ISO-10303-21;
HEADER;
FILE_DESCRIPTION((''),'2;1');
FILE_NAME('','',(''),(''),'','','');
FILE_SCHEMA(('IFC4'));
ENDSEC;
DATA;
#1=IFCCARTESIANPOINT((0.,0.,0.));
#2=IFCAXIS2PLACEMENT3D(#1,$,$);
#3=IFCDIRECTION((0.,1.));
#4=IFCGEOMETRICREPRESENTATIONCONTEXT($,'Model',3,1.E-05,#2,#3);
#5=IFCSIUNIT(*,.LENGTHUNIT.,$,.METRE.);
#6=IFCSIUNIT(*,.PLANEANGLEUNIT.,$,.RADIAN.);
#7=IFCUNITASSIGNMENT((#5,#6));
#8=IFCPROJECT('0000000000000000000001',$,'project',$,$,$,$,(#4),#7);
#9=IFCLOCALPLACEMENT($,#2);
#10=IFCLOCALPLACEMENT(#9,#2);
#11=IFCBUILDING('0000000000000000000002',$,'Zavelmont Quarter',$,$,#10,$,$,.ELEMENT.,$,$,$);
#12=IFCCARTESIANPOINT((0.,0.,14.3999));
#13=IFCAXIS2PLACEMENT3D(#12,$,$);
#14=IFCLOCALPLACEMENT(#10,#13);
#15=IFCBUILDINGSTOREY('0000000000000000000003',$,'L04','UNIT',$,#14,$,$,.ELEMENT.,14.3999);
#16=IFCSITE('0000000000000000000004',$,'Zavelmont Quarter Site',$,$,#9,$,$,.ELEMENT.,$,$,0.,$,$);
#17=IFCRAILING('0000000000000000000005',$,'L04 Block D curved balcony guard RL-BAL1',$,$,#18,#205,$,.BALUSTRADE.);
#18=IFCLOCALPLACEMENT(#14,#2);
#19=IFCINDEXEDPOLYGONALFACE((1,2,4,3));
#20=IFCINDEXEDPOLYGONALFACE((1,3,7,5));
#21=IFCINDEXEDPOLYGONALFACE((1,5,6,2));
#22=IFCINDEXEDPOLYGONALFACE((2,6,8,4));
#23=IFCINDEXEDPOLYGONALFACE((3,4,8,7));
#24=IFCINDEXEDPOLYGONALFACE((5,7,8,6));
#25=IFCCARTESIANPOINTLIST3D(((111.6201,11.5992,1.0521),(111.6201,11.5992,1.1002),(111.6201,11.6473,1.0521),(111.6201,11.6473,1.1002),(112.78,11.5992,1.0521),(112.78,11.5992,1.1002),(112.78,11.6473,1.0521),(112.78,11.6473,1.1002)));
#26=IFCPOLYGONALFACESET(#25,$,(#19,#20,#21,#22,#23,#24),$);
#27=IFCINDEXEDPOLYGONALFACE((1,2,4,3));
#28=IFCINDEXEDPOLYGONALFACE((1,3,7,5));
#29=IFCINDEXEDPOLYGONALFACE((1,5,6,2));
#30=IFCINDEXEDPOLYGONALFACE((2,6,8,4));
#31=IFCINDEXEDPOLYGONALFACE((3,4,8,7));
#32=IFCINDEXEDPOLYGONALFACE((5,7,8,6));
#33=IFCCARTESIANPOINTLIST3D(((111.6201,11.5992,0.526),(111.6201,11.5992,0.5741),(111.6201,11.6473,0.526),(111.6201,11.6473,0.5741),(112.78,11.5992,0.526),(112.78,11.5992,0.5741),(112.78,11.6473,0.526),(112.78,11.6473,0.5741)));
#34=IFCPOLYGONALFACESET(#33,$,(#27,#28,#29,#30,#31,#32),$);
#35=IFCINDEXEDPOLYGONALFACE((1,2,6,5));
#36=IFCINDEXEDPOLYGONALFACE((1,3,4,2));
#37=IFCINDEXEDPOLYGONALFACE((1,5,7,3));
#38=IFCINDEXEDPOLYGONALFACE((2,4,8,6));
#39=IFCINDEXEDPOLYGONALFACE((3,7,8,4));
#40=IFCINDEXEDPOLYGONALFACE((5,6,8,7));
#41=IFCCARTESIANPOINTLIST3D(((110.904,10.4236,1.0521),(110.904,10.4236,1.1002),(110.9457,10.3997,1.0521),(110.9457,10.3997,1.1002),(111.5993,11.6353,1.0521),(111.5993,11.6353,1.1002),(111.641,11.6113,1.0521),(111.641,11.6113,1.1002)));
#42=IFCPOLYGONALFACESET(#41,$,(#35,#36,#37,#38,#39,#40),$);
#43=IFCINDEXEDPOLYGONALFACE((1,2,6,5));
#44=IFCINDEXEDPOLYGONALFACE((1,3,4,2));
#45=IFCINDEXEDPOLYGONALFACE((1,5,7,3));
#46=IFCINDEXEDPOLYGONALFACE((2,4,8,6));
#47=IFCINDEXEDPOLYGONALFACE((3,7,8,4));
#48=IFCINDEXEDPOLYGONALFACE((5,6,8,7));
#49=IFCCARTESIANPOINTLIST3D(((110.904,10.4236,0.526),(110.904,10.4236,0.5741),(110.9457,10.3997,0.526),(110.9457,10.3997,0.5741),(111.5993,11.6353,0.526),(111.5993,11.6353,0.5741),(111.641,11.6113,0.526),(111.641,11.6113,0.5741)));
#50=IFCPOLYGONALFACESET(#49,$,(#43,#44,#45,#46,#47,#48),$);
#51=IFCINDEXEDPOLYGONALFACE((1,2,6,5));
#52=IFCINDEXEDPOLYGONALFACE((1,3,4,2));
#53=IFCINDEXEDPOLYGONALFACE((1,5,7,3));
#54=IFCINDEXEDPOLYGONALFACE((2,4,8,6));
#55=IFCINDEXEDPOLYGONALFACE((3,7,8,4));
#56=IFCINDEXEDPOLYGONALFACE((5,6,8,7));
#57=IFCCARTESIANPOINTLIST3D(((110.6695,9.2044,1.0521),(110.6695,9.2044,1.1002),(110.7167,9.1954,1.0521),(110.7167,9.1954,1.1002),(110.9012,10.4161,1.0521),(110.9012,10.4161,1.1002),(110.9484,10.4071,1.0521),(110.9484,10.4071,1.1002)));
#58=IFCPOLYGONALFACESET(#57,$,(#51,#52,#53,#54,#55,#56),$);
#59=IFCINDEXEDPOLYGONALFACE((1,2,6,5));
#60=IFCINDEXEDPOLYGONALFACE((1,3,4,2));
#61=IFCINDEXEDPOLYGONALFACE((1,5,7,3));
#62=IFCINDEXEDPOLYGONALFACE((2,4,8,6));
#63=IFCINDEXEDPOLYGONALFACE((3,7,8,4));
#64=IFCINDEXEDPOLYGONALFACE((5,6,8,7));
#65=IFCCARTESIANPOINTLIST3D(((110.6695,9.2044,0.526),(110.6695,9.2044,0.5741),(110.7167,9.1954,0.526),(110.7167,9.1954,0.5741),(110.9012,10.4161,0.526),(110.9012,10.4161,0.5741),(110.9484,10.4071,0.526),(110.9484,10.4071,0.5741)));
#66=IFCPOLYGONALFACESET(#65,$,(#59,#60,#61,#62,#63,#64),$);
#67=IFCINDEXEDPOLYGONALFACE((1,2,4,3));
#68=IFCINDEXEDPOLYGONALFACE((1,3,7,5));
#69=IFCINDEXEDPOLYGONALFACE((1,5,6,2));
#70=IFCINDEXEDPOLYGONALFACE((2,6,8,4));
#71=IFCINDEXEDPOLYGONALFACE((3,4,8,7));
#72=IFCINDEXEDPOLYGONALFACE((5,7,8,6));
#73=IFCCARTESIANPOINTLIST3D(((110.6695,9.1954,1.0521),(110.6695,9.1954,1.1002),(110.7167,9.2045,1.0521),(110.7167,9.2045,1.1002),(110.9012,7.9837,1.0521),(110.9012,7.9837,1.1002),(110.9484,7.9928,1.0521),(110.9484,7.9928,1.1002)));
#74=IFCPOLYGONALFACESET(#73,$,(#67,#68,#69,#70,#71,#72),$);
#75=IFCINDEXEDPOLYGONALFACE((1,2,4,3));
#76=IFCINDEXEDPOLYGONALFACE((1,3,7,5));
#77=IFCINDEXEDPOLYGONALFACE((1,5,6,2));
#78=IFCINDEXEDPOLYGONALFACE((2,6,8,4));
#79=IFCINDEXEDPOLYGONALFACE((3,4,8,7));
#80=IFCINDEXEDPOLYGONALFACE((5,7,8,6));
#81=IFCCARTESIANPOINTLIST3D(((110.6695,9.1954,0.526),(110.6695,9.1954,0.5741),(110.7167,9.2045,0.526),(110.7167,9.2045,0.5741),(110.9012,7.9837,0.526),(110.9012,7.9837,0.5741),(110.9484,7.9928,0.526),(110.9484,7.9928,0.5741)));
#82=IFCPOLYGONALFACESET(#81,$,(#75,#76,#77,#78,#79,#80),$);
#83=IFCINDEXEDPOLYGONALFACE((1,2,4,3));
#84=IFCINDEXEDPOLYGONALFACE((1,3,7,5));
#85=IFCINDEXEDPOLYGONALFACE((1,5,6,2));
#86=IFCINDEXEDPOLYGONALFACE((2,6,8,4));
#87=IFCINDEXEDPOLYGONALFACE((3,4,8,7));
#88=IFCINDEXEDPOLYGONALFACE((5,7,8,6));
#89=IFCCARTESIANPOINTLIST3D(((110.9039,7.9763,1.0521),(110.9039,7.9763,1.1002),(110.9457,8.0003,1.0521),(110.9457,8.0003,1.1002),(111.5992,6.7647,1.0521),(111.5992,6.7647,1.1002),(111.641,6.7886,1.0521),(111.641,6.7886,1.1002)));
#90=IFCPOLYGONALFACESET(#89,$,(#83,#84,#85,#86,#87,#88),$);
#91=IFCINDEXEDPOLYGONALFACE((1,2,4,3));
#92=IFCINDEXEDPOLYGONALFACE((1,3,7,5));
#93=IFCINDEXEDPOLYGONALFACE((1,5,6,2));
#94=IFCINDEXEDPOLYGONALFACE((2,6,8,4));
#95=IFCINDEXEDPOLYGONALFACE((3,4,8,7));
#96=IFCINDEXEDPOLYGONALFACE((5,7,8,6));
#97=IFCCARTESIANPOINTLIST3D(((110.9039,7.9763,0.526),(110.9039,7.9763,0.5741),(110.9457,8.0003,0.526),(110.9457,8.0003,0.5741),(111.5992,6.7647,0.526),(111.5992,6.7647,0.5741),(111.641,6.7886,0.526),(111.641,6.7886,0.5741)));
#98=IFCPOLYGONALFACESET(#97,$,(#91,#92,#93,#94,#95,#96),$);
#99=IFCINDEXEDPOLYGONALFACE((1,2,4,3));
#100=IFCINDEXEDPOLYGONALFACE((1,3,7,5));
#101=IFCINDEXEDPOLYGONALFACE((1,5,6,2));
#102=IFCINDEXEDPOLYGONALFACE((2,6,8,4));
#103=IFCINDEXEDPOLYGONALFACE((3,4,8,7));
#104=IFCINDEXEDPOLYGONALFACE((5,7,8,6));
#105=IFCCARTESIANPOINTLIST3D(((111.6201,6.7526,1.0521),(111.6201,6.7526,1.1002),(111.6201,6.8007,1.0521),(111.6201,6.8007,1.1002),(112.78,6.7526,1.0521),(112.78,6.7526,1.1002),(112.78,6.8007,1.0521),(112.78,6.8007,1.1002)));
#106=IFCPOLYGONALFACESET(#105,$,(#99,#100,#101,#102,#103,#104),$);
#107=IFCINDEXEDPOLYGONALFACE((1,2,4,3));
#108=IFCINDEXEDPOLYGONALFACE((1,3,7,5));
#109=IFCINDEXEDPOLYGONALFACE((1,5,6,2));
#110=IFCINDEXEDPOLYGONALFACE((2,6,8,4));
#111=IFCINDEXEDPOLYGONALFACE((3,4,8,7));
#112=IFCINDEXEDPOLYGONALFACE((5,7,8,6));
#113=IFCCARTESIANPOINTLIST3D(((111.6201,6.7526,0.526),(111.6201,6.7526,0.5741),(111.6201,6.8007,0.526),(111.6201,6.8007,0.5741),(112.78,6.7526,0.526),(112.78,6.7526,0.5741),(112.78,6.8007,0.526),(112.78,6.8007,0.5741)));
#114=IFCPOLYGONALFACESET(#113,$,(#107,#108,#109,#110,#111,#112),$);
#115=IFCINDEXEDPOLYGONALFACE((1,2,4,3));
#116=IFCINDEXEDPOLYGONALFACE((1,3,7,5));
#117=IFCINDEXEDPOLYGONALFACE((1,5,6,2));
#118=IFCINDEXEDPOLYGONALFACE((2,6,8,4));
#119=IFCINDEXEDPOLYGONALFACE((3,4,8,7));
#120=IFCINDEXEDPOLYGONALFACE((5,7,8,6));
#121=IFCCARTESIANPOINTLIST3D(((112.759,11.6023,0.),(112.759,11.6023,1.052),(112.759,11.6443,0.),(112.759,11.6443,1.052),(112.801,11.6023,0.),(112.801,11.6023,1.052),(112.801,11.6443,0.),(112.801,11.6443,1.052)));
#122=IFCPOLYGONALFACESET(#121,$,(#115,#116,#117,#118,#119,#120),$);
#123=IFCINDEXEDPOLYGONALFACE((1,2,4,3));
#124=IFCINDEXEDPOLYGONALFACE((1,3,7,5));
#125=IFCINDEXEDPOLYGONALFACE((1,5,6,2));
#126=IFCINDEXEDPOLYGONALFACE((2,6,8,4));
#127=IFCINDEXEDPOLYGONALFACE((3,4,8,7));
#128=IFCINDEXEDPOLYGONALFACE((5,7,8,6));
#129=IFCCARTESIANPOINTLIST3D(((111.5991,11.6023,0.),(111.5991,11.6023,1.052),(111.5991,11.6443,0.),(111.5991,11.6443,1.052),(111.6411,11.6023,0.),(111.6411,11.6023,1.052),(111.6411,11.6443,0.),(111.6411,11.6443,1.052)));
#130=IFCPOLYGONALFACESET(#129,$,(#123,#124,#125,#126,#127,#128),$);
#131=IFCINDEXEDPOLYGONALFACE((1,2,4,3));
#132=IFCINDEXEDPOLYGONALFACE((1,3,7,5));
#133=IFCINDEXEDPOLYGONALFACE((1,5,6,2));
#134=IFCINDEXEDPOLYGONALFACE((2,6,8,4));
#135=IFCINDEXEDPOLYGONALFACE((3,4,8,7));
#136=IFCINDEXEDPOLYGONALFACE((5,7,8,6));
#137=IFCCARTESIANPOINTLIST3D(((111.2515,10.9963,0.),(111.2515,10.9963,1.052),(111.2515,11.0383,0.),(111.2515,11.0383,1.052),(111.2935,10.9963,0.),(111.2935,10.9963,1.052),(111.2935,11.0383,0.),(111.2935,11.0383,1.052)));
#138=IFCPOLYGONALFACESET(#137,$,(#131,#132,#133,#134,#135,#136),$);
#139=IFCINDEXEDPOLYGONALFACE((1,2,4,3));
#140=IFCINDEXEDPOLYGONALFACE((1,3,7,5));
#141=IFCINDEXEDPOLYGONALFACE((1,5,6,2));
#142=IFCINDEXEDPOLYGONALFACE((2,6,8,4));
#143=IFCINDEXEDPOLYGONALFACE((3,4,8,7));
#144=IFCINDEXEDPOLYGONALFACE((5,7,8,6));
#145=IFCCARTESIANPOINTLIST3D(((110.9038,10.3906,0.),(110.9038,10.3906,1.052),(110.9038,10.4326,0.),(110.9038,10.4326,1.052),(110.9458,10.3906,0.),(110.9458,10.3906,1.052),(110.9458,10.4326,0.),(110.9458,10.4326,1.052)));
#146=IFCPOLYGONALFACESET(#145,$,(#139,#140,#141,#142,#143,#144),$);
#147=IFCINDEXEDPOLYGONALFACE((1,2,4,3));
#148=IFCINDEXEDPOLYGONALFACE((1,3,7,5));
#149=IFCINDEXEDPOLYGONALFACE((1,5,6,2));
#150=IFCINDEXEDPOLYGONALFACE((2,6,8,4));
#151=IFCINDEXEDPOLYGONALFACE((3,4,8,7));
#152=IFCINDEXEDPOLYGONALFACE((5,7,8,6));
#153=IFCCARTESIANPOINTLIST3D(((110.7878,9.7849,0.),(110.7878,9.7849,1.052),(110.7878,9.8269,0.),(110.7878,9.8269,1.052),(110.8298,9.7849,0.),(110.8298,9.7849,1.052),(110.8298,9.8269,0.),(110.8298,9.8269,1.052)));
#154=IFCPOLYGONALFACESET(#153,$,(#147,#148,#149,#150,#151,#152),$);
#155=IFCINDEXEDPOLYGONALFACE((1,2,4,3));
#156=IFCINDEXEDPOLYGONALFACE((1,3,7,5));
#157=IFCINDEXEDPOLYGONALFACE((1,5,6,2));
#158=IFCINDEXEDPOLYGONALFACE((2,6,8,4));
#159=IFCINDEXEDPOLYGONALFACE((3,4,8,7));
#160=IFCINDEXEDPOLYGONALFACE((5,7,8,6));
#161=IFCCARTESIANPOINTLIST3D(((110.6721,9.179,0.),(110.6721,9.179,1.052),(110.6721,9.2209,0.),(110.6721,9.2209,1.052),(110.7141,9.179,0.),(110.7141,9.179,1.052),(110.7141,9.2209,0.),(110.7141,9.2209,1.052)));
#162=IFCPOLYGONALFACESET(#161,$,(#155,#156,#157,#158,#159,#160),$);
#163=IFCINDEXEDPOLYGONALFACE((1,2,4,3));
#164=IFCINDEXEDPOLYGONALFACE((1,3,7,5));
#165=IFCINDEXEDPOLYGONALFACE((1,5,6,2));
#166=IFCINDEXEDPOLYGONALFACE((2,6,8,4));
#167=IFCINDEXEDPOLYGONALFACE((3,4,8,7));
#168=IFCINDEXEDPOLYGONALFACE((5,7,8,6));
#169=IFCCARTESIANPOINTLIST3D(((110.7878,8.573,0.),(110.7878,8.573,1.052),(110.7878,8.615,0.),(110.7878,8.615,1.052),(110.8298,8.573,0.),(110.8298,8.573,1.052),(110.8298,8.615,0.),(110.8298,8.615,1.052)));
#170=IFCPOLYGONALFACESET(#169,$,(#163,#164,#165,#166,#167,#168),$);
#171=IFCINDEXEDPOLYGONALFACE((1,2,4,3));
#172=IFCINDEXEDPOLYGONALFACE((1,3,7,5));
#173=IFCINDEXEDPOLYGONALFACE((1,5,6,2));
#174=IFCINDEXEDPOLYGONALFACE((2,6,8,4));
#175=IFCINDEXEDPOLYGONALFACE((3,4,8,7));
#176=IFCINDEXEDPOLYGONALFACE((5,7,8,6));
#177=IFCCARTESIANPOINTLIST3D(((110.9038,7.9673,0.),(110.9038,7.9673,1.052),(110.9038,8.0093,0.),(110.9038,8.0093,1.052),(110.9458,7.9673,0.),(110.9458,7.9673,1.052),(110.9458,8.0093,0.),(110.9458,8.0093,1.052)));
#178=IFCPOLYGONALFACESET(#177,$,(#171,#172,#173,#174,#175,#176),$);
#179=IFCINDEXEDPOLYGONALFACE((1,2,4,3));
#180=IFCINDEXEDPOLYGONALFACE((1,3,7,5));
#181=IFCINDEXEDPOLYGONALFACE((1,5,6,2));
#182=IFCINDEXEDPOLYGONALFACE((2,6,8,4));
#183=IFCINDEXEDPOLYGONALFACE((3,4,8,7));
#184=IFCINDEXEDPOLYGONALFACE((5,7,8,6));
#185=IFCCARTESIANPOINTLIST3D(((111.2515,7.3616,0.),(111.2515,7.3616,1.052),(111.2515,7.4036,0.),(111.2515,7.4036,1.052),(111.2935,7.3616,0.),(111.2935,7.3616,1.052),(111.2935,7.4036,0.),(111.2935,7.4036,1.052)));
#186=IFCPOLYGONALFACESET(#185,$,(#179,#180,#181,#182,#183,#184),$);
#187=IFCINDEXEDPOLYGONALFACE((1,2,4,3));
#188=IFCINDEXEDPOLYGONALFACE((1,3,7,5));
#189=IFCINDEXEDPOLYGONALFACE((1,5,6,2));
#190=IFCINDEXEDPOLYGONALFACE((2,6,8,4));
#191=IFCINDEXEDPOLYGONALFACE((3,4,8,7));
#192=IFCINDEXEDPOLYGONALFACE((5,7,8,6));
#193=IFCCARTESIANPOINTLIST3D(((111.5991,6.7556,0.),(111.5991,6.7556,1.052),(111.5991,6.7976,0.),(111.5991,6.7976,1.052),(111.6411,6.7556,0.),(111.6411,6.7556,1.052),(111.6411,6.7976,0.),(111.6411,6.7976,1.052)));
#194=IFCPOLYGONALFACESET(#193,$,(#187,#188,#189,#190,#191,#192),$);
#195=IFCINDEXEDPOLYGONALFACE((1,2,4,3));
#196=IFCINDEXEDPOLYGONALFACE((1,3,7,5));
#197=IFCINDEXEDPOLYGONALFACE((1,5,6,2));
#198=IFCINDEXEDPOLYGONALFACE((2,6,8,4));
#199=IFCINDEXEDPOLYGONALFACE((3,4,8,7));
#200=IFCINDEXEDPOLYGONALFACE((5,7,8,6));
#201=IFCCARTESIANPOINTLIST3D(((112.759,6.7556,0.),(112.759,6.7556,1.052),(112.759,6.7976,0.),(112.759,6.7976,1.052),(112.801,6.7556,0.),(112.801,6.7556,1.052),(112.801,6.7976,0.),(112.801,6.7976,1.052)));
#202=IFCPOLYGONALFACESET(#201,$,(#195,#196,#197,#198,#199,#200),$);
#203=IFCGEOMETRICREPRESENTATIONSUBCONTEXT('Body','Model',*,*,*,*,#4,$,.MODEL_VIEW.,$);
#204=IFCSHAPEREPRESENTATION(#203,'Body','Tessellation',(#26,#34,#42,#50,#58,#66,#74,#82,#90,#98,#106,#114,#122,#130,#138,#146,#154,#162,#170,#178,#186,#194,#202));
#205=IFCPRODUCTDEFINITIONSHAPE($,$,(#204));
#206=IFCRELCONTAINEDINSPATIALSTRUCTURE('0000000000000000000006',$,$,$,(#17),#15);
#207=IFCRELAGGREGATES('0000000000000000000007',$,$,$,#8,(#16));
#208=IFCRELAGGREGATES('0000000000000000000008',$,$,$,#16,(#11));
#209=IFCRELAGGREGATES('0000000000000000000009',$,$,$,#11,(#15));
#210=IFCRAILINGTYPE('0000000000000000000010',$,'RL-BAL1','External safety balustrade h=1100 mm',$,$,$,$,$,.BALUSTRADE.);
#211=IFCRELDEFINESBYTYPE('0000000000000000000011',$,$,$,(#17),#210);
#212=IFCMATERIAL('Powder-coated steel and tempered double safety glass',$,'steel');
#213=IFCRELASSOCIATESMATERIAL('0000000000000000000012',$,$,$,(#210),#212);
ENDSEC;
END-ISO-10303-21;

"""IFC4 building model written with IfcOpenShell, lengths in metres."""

from ifc_helpers import new_model, si_unit, direction, frame, origin, origin_2d, place, context, subcontext, project, spatial, rectangle, extrude, material, type_object, element, save


model = new_model("IFC4")

# Units and contexts
model_context = context("Model", 3, precision=1e-05, world=origin(), true_north=direction((0.0, 1.0)))
body_context = subcontext(model_context, "Body", "Model", "MODEL_VIEW")
ifc_project = project(units=[si_unit("LENGTHUNIT", "METRE"), si_unit("PLANEANGLEUNIT", "RADIAN")], contexts=[model_context])

# Site, building, storey
site_placement = place(None, origin())
site = spatial("IfcSite", under=ifc_project, at=site_placement, Name="Zavelmont Quarter Site", CompositionType="ELEMENT", RefElevation=0.0)
building_placement = place(site_placement, origin())
building = spatial("IfcBuilding", under=site, at=building_placement, Name="Zavelmont Quarter", CompositionType="ELEMENT")
storey_placement = place(building_placement, frame((0.0, 0.0, 14.3999)))
storey = spatial("IfcBuildingStorey", under=building, at=storey_placement, Name="L04", Description="UNIT", CompositionType="ELEMENT", Elevation=14.3999)

# Railing
ifc_material_1 = material(Name="Powder-coated steel and tempered double safety glass", Category="steel")
railing_type = type_object("IfcRailingType", Name="RL-BAL1", Description="External safety balustrade h=1100 mm", PredefinedType="BALUSTRADE", material=ifc_material_1)
railing_placement = place(storey_placement, frame((112.78, 11.6233, 0.0)))
element("IfcRailing", 1, at=railing_placement, inside=storey, type_object=railing_type, Name="L04 Block D curved balcony guard RL-BAL1", PredefinedType="BALUSTRADE", context=body_context, shape_type="SweptSolid", body=[
    extrude(rectangle(XDim=0.0481, YDim=0.0481, at=origin_2d()), frame((0.0, 0.0, 1.0762), z_axis=(-1.0, 0.0, 0.0), x_axis=(0.0, -1.0, 0.0)), (0.0, 0.0, 1.0), 1.1599),
    extrude(rectangle(XDim=0.0481, YDim=0.0481, at=origin_2d()), frame((0.0, 0.0, 0.55), z_axis=(-1.0, 0.0, 0.0), x_axis=(0.0, -1.0, 0.0)), (0.0, 0.0, 1.0), 1.1599),
    extrude(rectangle(XDim=0.0481, YDim=0.0481, at=origin_2d()), frame((-1.1599, 0.0, 1.0762), z_axis=(-0.497719, -0.867338, 0.0), x_axis=(0.867338, -0.497719, 0.0)), (0.0, 0.0, 1.0), 1.397),
    extrude(rectangle(XDim=0.0481, YDim=0.0481, at=origin_2d()), frame((-1.1599, 0.0, 0.55), z_axis=(-0.497719, -0.867338, 0.0), x_axis=(0.867338, -0.497719, 0.0)), (0.0, 0.0, 1.0), 1.397),
    extrude(rectangle(XDim=0.0481, YDim=0.0481, at=origin_2d()), frame((-1.8552, -1.2117, 1.0762), z_axis=(-0.187812, -0.982205, 0.0), x_axis=(0.982205, -0.187812, 0.0)), (0.0, 0.0, 1.0), 1.2336),
    extrude(rectangle(XDim=0.0481, YDim=0.0481, at=origin_2d()), frame((-1.8552, -1.2117, 0.55), z_axis=(-0.187812, -0.982205, 0.0), x_axis=(0.982205, -0.187812, 0.0)), (0.0, 0.0, 1.0), 1.2336),
    extrude(rectangle(XDim=0.0481, YDim=0.0481, at=origin_2d()), frame((-2.0869, -2.4233, 1.0762), z_axis=(0.187812, -0.982205, 0.0), x_axis=(0.982205, 0.187812, 0.0)), (0.0, 0.0, 1.0), 1.2336),
    extrude(rectangle(XDim=0.0481, YDim=0.0481, at=origin_2d()), frame((-2.0869, -2.4233, 0.55), z_axis=(0.187812, -0.982205, 0.0), x_axis=(0.982205, 0.187812, 0.0)), (0.0, 0.0, 1.0), 1.2336),
    extrude(rectangle(XDim=0.0481, YDim=0.0481, at=origin_2d()), frame((-1.8552, -3.635, 1.0762), z_axis=(0.497719, -0.867338, 0.0), x_axis=(0.867338, 0.497719, 0.0)), (0.0, 0.0, 1.0), 1.397),
    extrude(rectangle(XDim=0.0481, YDim=0.0481, at=origin_2d()), frame((-1.8552, -3.635, 0.55), z_axis=(0.497719, -0.867338, 0.0), x_axis=(0.867338, 0.497719, 0.0)), (0.0, 0.0, 1.0), 1.397),
    extrude(rectangle(XDim=0.0481, YDim=0.0481, at=origin_2d()), frame((-1.1599, -4.8467, 1.0762), z_axis=(1.0, 0.0, 0.0), x_axis=(0.0, 1.0, 0.0)), (0.0, 0.0, 1.0), 1.1599),
    extrude(rectangle(XDim=0.0481, YDim=0.0481, at=origin_2d()), frame((-1.1599, -4.8467, 0.55), z_axis=(1.0, 0.0, 0.0), x_axis=(0.0, 1.0, 0.0)), (0.0, 0.0, 1.0), 1.1599),
    extrude(rectangle(XDim=0.042, YDim=0.042, at=origin_2d()), origin(), (0.0, 0.0, 1.0), 1.052),
    extrude(rectangle(XDim=0.042, YDim=0.042, at=origin_2d()), frame((-1.1599, 0.0, 0.0)), (0.0, 0.0, 1.0), 1.052),
    extrude(rectangle(XDim=0.042, YDim=0.042, at=origin_2d()), frame((-1.5076, -0.606, 0.0)), (0.0, 0.0, 1.0), 1.052),
    extrude(rectangle(XDim=0.042, YDim=0.042, at=origin_2d()), frame((-1.8552, -1.2117, 0.0)), (0.0, 0.0, 1.0), 1.052),
    extrude(rectangle(XDim=0.042, YDim=0.042, at=origin_2d()), frame((-1.9712, -1.8174, 0.0)), (0.0, 0.0, 1.0), 1.052),
    extrude(rectangle(XDim=0.042, YDim=0.042, at=origin_2d()), frame((-2.0869, -2.4233, 0.0)), (0.0, 0.0, 1.0), 1.052),
    extrude(rectangle(XDim=0.042, YDim=0.042, at=origin_2d()), frame((-1.9712, -3.0293, 0.0)), (0.0, 0.0, 1.0), 1.052),
    extrude(rectangle(XDim=0.042, YDim=0.042, at=origin_2d()), frame((-1.8552, -3.635, 0.0)), (0.0, 0.0, 1.0), 1.052),
    extrude(rectangle(XDim=0.042, YDim=0.042, at=origin_2d()), frame((-1.5076, -4.2407, 0.0)), (0.0, 0.0, 1.0), 1.052),
    extrude(rectangle(XDim=0.042, YDim=0.042, at=origin_2d()), frame((-1.1599, -4.8467, 0.0)), (0.0, 0.0, 1.0), 1.052),
    extrude(rectangle(XDim=0.042, YDim=0.042, at=origin_2d()), frame((0.0, -4.8467, 0.0)), (0.0, 0.0, 1.0), 1.052),
])

save(model, "model.ifc")
